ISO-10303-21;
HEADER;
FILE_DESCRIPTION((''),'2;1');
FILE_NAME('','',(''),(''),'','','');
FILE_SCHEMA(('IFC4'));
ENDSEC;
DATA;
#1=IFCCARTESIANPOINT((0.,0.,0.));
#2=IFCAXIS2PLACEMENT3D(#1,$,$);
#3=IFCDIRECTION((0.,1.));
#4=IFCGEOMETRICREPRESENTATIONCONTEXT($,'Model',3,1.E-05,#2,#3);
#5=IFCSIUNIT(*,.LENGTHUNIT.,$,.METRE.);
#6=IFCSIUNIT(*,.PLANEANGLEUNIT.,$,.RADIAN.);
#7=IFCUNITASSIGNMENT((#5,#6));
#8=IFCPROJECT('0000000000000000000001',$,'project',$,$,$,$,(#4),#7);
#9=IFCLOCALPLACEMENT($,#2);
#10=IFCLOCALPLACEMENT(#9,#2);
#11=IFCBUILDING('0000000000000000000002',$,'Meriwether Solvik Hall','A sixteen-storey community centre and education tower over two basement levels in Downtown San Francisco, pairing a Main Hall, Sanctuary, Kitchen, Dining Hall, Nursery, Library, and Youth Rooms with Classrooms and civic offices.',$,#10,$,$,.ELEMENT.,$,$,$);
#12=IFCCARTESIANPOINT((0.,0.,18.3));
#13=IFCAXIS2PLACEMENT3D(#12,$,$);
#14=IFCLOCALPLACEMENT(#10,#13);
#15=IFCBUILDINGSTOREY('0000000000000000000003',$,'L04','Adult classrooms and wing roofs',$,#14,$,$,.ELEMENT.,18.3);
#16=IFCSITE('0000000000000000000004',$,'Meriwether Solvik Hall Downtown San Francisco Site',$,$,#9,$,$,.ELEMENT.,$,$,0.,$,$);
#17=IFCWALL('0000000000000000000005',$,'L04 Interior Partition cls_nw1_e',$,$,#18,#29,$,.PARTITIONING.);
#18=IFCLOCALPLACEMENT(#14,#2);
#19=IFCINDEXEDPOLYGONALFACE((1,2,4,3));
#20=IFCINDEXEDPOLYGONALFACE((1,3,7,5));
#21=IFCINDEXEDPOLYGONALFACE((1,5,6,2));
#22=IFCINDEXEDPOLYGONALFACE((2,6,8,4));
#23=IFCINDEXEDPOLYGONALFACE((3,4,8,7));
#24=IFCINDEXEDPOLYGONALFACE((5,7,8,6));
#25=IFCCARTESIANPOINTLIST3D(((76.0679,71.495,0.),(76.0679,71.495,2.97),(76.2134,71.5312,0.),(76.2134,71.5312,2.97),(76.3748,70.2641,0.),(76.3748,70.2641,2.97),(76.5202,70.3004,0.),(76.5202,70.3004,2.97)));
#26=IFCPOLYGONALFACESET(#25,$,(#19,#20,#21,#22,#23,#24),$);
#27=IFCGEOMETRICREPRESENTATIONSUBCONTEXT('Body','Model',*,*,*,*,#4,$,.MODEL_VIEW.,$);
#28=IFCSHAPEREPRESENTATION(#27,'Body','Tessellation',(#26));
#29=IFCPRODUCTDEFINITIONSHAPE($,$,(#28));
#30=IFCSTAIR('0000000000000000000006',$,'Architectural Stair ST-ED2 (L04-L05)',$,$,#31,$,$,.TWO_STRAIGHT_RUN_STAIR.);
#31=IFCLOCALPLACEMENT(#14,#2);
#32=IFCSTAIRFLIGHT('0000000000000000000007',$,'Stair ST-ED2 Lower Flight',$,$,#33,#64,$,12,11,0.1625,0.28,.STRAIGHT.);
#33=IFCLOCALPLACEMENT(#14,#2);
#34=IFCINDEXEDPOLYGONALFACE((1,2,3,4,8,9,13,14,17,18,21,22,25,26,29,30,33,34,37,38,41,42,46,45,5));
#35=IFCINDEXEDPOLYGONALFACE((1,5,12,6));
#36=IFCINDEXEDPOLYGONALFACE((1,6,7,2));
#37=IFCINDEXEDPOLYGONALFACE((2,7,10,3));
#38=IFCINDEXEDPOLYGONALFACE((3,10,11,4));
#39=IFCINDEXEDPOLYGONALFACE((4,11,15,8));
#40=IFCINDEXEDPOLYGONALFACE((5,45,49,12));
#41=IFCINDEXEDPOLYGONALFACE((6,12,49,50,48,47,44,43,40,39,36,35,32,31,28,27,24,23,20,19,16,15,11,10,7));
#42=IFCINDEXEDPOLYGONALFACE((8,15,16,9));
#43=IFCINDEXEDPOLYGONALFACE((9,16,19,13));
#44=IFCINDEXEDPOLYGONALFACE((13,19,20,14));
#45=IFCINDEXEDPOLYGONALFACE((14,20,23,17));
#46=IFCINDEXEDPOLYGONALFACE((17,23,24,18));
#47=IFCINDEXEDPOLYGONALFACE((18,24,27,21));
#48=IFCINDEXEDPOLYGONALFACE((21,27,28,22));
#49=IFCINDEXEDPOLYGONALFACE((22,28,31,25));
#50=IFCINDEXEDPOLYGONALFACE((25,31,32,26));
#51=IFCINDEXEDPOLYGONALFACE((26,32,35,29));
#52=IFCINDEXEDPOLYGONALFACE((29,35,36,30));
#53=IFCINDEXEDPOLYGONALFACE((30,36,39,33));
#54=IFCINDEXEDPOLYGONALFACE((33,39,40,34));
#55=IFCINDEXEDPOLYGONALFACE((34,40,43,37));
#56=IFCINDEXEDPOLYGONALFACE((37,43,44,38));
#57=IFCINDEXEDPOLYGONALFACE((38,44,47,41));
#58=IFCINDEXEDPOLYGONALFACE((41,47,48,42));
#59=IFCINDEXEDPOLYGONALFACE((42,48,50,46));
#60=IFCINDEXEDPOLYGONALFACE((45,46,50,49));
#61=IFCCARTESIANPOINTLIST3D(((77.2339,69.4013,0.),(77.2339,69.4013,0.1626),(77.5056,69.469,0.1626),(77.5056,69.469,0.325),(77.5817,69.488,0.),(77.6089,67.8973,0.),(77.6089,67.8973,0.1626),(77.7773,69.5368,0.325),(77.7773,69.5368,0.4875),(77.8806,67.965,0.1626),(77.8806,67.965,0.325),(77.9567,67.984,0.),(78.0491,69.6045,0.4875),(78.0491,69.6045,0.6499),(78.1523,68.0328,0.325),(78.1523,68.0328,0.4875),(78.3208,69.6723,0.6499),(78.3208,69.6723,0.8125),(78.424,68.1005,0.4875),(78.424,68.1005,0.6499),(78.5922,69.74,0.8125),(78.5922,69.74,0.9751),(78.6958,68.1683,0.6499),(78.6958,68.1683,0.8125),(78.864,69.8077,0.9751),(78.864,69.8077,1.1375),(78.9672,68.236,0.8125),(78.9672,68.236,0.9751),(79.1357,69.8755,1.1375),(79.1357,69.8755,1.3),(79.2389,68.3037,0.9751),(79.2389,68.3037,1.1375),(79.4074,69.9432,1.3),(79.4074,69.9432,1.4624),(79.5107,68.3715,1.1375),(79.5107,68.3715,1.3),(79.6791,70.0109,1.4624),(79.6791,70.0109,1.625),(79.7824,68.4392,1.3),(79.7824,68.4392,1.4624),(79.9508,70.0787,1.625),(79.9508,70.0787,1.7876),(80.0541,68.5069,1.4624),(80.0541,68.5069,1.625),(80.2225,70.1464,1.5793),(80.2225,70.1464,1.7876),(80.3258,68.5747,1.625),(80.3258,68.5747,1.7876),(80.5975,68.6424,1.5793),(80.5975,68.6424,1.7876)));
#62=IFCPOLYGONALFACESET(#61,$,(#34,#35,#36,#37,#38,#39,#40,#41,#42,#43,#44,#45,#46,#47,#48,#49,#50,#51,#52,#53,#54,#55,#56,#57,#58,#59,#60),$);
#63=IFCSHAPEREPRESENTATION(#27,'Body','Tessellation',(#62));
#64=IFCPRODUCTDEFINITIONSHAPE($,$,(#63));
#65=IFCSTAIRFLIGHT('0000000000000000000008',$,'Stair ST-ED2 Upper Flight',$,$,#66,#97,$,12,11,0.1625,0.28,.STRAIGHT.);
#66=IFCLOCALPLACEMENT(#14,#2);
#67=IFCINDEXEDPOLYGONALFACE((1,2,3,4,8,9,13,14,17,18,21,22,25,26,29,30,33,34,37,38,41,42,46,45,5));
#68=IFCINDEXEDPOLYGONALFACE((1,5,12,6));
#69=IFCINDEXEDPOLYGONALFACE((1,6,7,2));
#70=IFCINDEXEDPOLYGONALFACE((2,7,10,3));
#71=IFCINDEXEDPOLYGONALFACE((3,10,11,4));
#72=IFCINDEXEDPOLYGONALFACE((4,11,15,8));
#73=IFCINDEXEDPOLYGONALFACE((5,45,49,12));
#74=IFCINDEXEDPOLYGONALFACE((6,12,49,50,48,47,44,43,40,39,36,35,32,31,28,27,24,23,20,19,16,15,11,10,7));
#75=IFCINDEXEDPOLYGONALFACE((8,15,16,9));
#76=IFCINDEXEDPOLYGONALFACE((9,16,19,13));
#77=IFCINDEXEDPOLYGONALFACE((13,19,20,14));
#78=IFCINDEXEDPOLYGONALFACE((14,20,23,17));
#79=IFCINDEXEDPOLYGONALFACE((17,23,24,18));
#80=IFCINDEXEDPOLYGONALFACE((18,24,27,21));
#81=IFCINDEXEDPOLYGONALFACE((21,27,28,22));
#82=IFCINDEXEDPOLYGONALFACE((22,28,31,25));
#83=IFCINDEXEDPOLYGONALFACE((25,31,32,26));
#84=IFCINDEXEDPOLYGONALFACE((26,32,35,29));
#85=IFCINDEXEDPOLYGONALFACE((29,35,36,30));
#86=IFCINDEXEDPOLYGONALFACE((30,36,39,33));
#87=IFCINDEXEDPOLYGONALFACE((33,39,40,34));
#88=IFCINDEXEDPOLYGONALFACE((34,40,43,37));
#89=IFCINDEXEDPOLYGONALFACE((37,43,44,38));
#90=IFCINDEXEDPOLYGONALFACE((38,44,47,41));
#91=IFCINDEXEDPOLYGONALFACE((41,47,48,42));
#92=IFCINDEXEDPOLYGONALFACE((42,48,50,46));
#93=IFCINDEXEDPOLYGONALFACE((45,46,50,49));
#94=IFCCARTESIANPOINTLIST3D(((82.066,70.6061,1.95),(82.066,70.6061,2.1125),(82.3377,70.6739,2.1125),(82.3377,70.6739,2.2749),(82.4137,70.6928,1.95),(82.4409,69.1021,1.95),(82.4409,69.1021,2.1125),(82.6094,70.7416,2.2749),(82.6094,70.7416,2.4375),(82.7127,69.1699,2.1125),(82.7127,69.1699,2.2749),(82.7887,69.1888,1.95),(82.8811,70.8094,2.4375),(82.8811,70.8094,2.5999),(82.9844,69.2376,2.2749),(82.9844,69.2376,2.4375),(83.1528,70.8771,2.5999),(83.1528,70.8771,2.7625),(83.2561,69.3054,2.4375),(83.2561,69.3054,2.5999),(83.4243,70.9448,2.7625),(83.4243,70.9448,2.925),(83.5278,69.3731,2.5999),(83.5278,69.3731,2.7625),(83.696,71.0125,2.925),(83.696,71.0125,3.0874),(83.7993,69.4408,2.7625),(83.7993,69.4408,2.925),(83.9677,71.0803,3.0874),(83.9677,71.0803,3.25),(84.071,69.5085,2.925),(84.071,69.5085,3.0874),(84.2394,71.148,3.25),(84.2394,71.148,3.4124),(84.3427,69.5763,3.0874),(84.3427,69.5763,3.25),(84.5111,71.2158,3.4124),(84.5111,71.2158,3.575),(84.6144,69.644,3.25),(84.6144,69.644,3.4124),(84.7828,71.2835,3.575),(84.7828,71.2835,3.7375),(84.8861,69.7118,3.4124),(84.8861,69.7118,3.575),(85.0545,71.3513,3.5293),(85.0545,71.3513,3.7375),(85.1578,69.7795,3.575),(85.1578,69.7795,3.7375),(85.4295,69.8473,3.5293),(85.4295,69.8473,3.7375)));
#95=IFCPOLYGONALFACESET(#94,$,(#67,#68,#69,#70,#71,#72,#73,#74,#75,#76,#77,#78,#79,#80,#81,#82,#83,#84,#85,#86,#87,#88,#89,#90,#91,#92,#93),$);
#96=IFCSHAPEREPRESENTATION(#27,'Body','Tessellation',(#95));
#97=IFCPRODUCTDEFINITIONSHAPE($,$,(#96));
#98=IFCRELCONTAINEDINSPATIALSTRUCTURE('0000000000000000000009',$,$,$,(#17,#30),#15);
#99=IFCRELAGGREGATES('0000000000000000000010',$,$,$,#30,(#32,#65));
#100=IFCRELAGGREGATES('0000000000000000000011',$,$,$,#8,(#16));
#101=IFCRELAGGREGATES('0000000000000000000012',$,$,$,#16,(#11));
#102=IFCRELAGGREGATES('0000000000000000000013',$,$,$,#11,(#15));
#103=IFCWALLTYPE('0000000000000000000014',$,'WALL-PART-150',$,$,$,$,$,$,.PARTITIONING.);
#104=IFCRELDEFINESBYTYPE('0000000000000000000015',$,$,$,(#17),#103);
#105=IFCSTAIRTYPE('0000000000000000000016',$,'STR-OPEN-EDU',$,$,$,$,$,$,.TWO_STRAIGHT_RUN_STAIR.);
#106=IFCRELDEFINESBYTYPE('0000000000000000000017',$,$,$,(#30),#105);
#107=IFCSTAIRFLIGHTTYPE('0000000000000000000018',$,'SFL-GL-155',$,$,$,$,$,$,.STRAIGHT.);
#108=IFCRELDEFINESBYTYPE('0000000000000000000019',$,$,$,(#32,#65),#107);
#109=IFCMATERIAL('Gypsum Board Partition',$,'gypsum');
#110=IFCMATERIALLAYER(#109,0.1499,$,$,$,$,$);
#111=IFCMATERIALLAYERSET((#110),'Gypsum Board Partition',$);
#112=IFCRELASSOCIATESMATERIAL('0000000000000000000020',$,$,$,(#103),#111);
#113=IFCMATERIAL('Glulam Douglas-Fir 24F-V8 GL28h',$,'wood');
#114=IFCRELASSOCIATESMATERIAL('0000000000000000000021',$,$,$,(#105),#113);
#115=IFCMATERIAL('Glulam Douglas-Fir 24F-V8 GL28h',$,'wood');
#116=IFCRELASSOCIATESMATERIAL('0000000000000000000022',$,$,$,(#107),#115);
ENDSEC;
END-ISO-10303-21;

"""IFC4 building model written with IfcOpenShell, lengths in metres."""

from ifc_helpers import new_model, si_unit, direction, frame, frame_2d, origin, place, context, subcontext, project, spatial, polyline, rectangle, outline, extrude, material, layer, layer_set, type_object, element, aggregate, save


model = new_model("IFC4")

# Units and contexts
model_context = context("Model", 3, precision=1e-05, world=origin(), true_north=direction((0.0, 1.0)))
body_context = subcontext(model_context, "Body", "Model", "MODEL_VIEW")
ifc_project = project(units=[si_unit("LENGTHUNIT", "METRE"), si_unit("PLANEANGLEUNIT", "RADIAN")], contexts=[model_context])

# Site, building, storey
site_placement = place(None, origin())
site = spatial("IfcSite", under=ifc_project, at=site_placement, Name="Meriwether Solvik Hall Downtown San Francisco Site", CompositionType="ELEMENT", RefElevation=0.0)
building_placement = place(site_placement, origin())
building = spatial("IfcBuilding", under=site, at=building_placement, Name="Meriwether Solvik Hall", Description="A sixteen-storey community centre and education tower over two basement levels in Downtown San Francisco, pairing a Main Hall, Sanctuary, Kitchen, Dining Hall, Nursery, Library, and Youth Rooms with Classrooms and civic offices.", CompositionType="ELEMENT")
storey_placement = place(building_placement, frame((0.0, 0.0, 18.3)))
storey = spatial("IfcBuildingStorey", under=building, at=storey_placement, Name="L04", Description="Adult classrooms and wing roofs", CompositionType="ELEMENT", Elevation=18.3)

# Wall
ifc_material_1 = material(Name="Gypsum Board Partition", Category="gypsum")
ifc_layer_1 = layer(ifc_material_1, 0.1499)
ifc_layer_set_1 = layer_set([ifc_layer_1], Name="Gypsum Board Partition")
wall_type_1 = type_object("IfcWallType", Name="WALL-PART-150", PredefinedType="PARTITIONING", material=ifc_layer_set_1)
wall_1_placement = place(storey_placement, frame((76.4475, 70.2822, 0.0), z_axis=(0.0, 0.0, 1.0), x_axis=(-0.241902, 0.970301, 0.0)))
element("IfcWall", 1, at=wall_1_placement, inside=storey, type_object=wall_type_1, Name="L04 Interior Partition cls_nw1_e", PredefinedType="PARTITIONING", context=body_context, shape_type="SweptSolid", body=[
    extrude(rectangle(XDim=1.2686, YDim=0.1499, at=frame_2d((0.6343, 0.0))), origin(), (0.0, 0.0, 1.0), 2.97),
])

# Stair, stair flights
ifc_material_2 = material(Name="Glulam Douglas-Fir 24F-V8 GL28h", Category="wood")
stair_type = type_object("IfcStairType", Name="STR-OPEN-EDU", PredefinedType="TWO_STRAIGHT_RUN_STAIR", material=ifc_material_2)
stair_placement = place(storey_placement, origin())
stair = element("IfcStair", 2, at=stair_placement, inside=storey, type_object=stair_type, Name="Architectural Stair ST-ED2 (L04-L05)", PredefinedType="TWO_STRAIGHT_RUN_STAIR")
ifc_material_3 = material(Name="Glulam Douglas-Fir 24F-V8 GL28h", Category="wood")
stair_flight_type = type_object("IfcStairFlightType", Name="SFL-GL-155", PredefinedType="STRAIGHT", material=ifc_material_3)
stair_flight_1_placement = place(storey_placement, frame((77.4214, 68.6494, 0.0), z_axis=(0.0, 0.0, 1.0), x_axis=(0.970296, 0.241922, 0.0)))
stair_flight_1 = element("IfcStairFlight", 3, at=stair_flight_1_placement, type_object=stair_flight_type, Name="Stair ST-ED2 Lower Flight", NumberOfRisers=12, NumberOfTreads=11, PredefinedType="STRAIGHT", RiserHeight=0.1625, TreadLength=0.28, context=body_context, shape_type="SweptSolid", body=[
    extrude(outline(polyline([(0.0, 0.0), (0.0, 0.1626), (0.28, 0.1626), (0.28, 0.325), (0.5601, 0.325), (0.5601, 0.4875), (0.8401, 0.4875), (0.8401, 0.6499), (1.1201, 0.6499), (1.1201, 0.8125), (1.3999, 0.8125), (1.3999, 0.9751), (1.6799, 0.9751), (1.6799, 1.1375), (1.96, 1.1375), (1.96, 1.3), (2.24, 1.3), (2.24, 1.4624), (2.52, 1.4624), (2.52, 1.625), (2.8, 1.625), (2.8, 1.7876), (3.0801, 1.7876), (3.0801, 1.95), (3.0801, 1.5793), (0.3584, 0.0), (0.0, 0.0)])), frame((0.0, 0.7749, 0.0), z_axis=(0.0, -1.0, 0.0), x_axis=(1.0, 0.0, 0.0)), (0.0, 0.0, 1.0), 1.55),
])
stair_flight_2_placement = place(storey_placement, frame((82.2534, 69.8542, 1.95), z_axis=(0.0, 0.0, 1.0), x_axis=(0.970296, 0.241922, 0.0)))
stair_flight_2 = element("IfcStairFlight", 4, at=stair_flight_2_placement, type_object=stair_flight_type, Name="Stair ST-ED2 Upper Flight", NumberOfRisers=12, NumberOfTreads=11, PredefinedType="STRAIGHT", RiserHeight=0.1625, TreadLength=0.28, context=body_context, shape_type="SweptSolid", body=[
    extrude(outline(polyline([(0.0, 0.0), (0.0, 0.1626), (0.28, 0.1626), (0.28, 0.325), (0.5601, 0.325), (0.5601, 0.4875), (0.8401, 0.4875), (0.8401, 0.6499), (1.1201, 0.6499), (1.1201, 0.8125), (1.3999, 0.8125), (1.3999, 0.9751), (1.6799, 0.9751), (1.6799, 1.1375), (1.96, 1.1375), (1.96, 1.3), (2.24, 1.3), (2.24, 1.4624), (2.52, 1.4624), (2.52, 1.625), (2.8, 1.625), (2.8, 1.7876), (3.0801, 1.7876), (3.0801, 1.95), (3.0801, 1.5793), (0.3584, 0.0), (0.0, 0.0)])), frame((0.0, 0.7749, 0.0), z_axis=(0.0, -1.0, 0.0), x_axis=(1.0, 0.0, 0.0)), (0.0, 0.0, 1.0), 1.55),
])
aggregate(stair, [stair_flight_1, stair_flight_2])

save(model, "model.ifc")
